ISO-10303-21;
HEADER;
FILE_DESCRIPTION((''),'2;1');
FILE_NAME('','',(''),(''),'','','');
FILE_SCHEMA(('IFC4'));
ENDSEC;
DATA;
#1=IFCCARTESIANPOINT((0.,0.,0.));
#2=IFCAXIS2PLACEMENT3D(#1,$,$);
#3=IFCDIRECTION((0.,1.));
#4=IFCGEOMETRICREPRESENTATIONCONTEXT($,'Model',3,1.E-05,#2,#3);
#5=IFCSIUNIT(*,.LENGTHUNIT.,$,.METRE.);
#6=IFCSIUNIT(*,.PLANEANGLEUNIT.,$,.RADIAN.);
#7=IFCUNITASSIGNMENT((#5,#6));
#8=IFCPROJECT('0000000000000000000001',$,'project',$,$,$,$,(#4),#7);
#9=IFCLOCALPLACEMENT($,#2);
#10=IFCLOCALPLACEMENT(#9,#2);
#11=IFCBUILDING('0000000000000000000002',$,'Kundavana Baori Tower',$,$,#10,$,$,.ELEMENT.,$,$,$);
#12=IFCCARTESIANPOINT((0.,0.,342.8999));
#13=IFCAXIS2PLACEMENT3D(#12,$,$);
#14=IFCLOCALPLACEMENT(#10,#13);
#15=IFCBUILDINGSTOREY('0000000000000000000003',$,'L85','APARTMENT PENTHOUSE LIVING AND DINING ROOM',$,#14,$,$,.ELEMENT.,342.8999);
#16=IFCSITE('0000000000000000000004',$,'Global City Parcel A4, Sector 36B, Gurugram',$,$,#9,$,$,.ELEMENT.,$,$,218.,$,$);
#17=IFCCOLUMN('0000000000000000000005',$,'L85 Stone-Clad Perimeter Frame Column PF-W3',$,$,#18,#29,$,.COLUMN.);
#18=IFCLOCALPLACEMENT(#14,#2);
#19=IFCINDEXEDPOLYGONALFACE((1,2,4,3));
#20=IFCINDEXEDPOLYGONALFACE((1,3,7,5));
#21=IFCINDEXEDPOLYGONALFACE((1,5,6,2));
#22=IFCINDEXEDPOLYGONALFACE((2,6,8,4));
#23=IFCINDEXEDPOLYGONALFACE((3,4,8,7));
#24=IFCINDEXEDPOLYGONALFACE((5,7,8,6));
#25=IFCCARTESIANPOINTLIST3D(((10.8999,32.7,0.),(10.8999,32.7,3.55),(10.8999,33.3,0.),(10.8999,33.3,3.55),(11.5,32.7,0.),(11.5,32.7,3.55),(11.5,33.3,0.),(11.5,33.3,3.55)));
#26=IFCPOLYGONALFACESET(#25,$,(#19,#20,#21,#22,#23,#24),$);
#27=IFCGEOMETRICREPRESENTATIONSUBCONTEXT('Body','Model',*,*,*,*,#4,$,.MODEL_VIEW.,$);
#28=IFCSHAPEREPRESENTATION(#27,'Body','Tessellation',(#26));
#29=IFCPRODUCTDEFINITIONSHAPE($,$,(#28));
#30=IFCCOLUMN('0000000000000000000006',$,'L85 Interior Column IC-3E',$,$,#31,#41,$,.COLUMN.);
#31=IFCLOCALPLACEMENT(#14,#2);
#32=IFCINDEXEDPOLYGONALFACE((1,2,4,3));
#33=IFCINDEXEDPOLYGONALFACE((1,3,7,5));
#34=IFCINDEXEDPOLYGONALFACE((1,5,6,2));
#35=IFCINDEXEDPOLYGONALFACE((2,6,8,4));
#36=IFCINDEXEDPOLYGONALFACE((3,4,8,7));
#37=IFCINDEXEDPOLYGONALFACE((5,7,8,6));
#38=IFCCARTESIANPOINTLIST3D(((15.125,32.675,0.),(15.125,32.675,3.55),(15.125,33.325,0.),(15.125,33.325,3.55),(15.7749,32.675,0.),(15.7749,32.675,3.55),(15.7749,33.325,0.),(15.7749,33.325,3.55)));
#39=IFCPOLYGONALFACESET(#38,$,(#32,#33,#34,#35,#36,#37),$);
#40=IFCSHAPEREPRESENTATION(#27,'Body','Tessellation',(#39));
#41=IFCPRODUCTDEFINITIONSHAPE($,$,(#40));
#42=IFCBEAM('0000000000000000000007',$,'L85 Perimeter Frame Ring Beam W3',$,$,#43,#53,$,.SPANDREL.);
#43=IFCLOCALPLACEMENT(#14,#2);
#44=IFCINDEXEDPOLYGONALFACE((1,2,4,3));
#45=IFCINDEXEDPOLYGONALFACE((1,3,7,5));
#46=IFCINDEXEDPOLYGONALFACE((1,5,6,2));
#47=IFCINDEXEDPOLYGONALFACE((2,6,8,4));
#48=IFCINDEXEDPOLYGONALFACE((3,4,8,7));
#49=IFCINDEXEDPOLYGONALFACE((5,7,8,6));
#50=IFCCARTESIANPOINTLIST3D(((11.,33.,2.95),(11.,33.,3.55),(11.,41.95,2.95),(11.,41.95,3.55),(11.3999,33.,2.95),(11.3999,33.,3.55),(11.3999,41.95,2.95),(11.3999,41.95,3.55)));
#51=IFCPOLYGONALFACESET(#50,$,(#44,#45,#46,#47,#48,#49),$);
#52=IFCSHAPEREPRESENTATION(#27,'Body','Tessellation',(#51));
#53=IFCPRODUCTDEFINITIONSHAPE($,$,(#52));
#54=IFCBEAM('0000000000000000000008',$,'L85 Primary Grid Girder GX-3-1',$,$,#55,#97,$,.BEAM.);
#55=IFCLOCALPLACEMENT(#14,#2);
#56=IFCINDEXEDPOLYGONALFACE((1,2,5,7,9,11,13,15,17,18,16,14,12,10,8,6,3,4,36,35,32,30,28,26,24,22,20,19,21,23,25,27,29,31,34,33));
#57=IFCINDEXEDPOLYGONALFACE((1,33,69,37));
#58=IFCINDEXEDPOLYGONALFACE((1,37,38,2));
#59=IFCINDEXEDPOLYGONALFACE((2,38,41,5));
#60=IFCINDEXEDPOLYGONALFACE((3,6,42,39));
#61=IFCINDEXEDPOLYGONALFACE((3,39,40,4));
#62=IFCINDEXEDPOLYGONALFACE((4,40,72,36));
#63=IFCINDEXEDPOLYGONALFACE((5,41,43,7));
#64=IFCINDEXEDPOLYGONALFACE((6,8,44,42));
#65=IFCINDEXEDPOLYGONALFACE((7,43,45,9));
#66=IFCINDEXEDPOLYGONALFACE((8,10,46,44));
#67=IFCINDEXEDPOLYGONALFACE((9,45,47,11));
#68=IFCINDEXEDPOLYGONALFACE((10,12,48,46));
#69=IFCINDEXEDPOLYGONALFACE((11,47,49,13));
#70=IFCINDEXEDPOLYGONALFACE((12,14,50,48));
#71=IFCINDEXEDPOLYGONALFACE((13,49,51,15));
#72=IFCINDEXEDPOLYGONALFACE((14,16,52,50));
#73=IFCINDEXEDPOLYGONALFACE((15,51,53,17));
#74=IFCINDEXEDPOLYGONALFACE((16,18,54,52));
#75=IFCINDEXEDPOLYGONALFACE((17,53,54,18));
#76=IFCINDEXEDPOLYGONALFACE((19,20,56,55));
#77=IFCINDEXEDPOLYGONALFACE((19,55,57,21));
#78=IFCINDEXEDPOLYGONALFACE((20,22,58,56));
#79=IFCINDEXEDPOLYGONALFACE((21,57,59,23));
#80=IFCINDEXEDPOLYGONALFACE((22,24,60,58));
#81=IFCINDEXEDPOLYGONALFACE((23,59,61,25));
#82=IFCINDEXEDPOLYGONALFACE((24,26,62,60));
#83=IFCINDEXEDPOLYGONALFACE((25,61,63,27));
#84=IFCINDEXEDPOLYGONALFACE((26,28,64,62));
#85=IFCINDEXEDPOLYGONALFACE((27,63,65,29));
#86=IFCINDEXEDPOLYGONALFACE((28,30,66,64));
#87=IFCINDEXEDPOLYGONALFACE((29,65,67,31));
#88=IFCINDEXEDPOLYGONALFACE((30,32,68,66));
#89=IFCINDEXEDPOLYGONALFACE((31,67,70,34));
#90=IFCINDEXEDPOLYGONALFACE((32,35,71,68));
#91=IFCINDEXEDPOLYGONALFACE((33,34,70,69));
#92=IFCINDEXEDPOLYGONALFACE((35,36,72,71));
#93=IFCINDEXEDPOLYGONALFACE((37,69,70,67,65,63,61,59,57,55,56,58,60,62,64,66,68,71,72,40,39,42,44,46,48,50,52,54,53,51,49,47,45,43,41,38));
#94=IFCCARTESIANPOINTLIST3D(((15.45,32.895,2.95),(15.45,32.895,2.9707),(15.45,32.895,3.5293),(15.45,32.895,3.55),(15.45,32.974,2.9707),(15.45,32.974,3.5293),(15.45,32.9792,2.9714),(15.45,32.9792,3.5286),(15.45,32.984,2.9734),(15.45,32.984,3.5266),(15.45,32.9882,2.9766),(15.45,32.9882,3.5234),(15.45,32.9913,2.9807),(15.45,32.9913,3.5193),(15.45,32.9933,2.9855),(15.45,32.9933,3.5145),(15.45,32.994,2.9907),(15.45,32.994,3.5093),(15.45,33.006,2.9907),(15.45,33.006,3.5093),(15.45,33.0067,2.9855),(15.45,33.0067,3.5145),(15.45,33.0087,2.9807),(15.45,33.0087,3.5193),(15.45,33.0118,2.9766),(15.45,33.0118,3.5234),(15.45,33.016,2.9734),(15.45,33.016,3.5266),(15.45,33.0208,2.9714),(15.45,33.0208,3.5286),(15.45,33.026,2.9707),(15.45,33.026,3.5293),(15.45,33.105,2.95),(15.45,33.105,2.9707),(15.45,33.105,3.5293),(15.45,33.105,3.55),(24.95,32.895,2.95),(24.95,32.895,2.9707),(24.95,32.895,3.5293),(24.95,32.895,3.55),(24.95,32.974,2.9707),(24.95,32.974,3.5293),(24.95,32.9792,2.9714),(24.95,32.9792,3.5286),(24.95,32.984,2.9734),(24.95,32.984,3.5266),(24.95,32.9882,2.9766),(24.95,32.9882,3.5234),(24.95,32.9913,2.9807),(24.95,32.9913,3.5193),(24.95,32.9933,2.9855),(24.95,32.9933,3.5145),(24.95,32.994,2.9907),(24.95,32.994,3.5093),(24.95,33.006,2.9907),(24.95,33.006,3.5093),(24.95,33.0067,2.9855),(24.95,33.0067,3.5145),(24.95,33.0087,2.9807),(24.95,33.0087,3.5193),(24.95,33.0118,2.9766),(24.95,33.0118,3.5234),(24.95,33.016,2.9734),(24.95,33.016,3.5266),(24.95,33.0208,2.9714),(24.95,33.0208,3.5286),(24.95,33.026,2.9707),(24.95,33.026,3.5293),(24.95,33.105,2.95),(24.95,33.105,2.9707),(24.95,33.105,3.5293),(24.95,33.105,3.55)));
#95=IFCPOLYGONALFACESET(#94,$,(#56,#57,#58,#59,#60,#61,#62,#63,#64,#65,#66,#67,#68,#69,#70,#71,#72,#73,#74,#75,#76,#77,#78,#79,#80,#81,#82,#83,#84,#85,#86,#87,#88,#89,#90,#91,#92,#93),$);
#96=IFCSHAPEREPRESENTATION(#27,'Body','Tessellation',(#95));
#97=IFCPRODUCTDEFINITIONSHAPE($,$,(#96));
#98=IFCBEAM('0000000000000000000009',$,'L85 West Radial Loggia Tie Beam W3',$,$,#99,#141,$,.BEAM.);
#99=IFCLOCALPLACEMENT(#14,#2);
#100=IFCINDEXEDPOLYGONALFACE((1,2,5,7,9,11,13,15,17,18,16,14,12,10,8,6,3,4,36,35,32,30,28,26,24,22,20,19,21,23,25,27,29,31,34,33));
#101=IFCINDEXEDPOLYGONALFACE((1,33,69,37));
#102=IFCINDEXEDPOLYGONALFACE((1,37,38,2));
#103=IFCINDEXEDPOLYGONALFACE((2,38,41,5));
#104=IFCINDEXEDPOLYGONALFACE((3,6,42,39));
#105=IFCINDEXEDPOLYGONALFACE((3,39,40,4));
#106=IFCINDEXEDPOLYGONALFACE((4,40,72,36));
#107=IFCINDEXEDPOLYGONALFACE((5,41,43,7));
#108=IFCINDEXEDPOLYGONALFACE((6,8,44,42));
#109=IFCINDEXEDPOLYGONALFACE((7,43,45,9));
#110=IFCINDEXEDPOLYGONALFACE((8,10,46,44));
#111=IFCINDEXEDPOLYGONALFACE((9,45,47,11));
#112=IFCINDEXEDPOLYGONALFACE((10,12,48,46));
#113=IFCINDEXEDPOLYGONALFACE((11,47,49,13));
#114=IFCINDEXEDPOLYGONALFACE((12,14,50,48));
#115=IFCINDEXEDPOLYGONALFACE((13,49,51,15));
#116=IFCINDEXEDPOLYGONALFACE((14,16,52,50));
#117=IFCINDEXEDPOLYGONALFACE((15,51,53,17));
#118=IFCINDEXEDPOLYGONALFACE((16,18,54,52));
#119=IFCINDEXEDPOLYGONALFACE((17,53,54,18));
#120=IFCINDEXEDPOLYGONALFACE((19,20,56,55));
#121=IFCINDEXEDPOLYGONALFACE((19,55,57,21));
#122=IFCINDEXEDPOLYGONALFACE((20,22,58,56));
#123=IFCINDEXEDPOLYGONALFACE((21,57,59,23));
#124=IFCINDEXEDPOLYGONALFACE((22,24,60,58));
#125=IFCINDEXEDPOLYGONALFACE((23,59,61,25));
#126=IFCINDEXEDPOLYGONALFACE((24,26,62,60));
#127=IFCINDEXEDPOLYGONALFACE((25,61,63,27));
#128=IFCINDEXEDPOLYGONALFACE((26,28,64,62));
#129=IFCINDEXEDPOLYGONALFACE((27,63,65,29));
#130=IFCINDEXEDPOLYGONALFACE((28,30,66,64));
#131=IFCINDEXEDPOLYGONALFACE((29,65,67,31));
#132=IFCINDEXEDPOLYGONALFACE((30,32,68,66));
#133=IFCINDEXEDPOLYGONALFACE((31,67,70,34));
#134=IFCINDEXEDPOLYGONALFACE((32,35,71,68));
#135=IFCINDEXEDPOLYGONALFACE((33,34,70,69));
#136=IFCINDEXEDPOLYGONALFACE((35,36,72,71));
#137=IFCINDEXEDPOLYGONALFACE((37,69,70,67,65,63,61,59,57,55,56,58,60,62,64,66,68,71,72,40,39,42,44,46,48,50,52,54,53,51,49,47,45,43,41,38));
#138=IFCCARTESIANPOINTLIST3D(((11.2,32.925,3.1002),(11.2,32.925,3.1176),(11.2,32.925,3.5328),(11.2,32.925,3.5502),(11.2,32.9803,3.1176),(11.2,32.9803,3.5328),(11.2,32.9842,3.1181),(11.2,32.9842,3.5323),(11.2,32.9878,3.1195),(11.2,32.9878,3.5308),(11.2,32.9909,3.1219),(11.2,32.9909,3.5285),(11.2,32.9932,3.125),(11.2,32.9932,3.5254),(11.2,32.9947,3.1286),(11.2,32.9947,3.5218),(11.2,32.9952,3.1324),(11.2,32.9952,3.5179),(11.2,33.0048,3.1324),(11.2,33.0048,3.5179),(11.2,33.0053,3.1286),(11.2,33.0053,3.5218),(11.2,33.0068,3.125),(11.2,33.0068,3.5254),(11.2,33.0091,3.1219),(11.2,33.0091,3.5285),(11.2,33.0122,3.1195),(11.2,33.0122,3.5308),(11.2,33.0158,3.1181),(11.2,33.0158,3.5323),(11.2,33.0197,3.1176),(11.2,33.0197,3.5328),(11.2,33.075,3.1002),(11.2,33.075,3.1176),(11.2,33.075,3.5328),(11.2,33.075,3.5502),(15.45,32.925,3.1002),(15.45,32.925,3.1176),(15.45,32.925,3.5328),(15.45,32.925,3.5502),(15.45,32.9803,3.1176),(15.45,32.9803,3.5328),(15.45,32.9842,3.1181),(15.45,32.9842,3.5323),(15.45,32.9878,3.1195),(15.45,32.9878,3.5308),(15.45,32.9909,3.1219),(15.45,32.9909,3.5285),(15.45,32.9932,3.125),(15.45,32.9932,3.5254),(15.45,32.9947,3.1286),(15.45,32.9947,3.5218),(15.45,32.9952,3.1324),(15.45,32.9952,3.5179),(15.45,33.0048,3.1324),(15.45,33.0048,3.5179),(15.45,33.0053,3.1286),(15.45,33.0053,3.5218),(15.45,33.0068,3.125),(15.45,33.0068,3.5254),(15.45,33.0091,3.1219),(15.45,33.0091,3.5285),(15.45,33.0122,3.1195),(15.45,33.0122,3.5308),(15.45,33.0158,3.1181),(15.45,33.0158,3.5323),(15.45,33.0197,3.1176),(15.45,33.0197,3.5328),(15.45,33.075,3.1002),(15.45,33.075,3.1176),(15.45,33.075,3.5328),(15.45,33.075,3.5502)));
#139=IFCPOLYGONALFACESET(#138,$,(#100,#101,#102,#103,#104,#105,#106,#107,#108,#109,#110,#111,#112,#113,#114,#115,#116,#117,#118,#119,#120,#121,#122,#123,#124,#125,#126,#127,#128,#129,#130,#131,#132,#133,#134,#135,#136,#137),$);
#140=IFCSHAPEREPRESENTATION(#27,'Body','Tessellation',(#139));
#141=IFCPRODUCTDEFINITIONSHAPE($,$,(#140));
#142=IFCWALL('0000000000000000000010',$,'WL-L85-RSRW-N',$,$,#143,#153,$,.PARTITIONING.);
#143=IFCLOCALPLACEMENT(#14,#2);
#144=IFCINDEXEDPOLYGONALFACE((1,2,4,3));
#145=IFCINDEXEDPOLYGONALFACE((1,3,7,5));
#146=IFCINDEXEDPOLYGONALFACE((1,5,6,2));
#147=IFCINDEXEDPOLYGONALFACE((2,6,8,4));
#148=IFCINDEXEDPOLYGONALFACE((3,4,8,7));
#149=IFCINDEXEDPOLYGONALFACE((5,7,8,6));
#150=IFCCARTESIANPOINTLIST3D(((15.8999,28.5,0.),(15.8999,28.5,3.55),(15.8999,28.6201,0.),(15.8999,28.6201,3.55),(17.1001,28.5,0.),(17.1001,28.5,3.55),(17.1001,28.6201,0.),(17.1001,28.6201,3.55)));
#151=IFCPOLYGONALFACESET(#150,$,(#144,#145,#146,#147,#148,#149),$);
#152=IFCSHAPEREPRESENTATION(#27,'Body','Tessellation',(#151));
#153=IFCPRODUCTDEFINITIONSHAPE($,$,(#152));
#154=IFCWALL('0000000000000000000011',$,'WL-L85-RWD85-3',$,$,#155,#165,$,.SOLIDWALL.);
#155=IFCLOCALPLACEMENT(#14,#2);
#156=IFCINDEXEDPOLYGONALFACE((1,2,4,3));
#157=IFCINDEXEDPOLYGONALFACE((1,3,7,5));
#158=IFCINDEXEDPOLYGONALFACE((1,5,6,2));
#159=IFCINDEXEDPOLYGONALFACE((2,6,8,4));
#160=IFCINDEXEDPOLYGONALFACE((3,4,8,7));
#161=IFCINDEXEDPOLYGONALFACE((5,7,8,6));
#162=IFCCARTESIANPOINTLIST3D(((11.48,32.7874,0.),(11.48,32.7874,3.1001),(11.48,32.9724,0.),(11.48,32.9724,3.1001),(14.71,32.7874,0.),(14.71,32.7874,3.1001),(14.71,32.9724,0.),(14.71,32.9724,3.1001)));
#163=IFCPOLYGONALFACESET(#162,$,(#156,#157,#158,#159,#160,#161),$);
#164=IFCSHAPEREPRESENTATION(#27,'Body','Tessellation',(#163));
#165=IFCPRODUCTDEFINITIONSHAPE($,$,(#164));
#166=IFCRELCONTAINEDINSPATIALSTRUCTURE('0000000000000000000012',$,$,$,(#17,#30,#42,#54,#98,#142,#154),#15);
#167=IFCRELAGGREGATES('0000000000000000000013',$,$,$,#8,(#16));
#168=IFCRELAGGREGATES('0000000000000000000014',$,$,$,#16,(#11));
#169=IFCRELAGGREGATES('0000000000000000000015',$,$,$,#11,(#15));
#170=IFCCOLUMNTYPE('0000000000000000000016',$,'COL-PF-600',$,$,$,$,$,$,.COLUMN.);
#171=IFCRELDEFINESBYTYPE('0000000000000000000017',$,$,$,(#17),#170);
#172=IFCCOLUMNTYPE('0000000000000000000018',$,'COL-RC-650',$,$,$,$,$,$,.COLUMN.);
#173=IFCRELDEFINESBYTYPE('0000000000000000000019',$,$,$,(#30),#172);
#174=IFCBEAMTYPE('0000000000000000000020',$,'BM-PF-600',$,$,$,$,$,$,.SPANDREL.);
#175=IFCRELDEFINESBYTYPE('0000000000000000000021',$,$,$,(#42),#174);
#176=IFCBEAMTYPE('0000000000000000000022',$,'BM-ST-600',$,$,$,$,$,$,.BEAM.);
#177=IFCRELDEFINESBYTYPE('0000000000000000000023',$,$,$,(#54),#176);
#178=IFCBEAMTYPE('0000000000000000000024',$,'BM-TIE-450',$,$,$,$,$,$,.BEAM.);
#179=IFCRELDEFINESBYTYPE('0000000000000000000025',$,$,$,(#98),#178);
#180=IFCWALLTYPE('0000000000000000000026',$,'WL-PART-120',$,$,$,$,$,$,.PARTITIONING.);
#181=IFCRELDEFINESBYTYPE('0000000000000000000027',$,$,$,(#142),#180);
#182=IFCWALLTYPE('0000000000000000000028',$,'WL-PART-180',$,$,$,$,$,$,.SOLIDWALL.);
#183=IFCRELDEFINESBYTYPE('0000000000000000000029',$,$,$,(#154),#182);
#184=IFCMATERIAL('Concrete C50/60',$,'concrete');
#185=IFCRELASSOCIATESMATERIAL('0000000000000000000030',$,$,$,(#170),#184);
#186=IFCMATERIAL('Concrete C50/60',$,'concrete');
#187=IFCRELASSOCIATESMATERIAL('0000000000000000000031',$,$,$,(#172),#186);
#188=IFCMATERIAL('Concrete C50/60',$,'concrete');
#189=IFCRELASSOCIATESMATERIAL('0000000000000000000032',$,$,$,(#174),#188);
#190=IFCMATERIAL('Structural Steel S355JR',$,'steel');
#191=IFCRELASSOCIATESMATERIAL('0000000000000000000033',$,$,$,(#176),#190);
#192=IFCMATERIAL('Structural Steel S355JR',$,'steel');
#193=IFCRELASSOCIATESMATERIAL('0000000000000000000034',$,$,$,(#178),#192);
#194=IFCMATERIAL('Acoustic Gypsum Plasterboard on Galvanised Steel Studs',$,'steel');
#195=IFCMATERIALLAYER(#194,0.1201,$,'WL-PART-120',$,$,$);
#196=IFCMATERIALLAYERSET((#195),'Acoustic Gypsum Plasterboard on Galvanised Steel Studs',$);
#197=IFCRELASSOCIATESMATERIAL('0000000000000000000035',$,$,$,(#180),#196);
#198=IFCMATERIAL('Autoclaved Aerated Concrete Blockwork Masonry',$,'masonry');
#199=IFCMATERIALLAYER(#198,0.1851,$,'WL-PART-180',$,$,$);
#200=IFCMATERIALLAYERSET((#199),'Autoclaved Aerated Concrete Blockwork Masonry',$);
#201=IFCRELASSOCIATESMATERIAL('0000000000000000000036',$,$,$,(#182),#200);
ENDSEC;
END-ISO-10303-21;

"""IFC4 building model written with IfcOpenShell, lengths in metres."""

from ifc_helpers import new_model, si_unit, direction, frame, frame_2d, origin, origin_2d, place, context, subcontext, project, spatial, rectangle, i_section, extrude, material, layer, layer_set, material_profile, profile_set, type_object, element, save


model = new_model("IFC4")

# Units and contexts
model_context = context("Model", 3, precision=1e-05, world=origin(), true_north=direction((0.0, 1.0)))
body_context = subcontext(model_context, "Body", "Model", "MODEL_VIEW")
ifc_project = project(units=[si_unit("LENGTHUNIT", "METRE"), si_unit("PLANEANGLEUNIT", "RADIAN")], contexts=[model_context])

# Site, building, storey
site_placement = place(None, origin())
site = spatial("IfcSite", under=ifc_project, at=site_placement, Name="Global City Parcel A4, Sector 36B, Gurugram", CompositionType="ELEMENT", RefElevation=218.0)
building_placement = place(site_placement, origin())
building = spatial("IfcBuilding", under=site, at=building_placement, Name="Kundavana Baori Tower", CompositionType="ELEMENT")
storey_placement = place(building_placement, frame((0.0, 0.0, 342.8999)))
storey = spatial("IfcBuildingStorey", under=building, at=storey_placement, Name="L85", Description="APARTMENT PENTHOUSE LIVING AND DINING ROOM", CompositionType="ELEMENT", Elevation=342.8999)

# Columns
ifc_material_1 = material(Name="Concrete C50/60", Category="concrete")
ifc_material_profile_1 = material_profile(ifc_material_1, rectangle(XDim=0.6001, YDim=0.6001, at=origin_2d()), Name="RC PF 600x600")
ifc_profile_set_1 = profile_set([ifc_material_profile_1], Name="Concrete C50/60")
column_type_1 = type_object("IfcColumnType", Name="COL-PF-600", PredefinedType="COLUMN", material=ifc_profile_set_1)
column_1_placement = place(storey_placement, frame((11.2, 33.0, 0.0), z_axis=(0.0, 0.0, 1.0), x_axis=(1.0, 0.0, 0.0)))
element("IfcColumn", 1, at=column_1_placement, inside=storey, type_object=column_type_1, Name="L85 Stone-Clad Perimeter Frame Column PF-W3", PredefinedType="COLUMN", context=body_context, shape_type="SweptSolid", body=[
    extrude(rectangle(XDim=0.6001, YDim=0.6001, at=origin_2d()), origin(), (0.0, 0.0, 1.0), 3.55),
])
ifc_material_2 = material(Name="Concrete C50/60", Category="concrete")
ifc_material_profile_2 = material_profile(ifc_material_2, rectangle(XDim=0.6499, YDim=0.6499, at=origin_2d()), Name="RC 650x650")
ifc_profile_set_2 = profile_set([ifc_material_profile_2], Name="Concrete C50/60")
column_type_2 = type_object("IfcColumnType", Name="COL-RC-650", PredefinedType="COLUMN", material=ifc_profile_set_2)
column_2_placement = place(storey_placement, frame((15.45, 33.0, 0.0), z_axis=(0.0, 0.0, 1.0), x_axis=(1.0, 0.0, 0.0)))
element("IfcColumn", 2, at=column_2_placement, inside=storey, type_object=column_type_2, Name="L85 Interior Column IC-3E", PredefinedType="COLUMN", context=body_context, shape_type="SweptSolid", body=[
    extrude(rectangle(XDim=0.6499, YDim=0.6499, at=origin_2d()), origin(), (0.0, 0.0, 1.0), 3.55),
])

# Beams
ifc_material_3 = material(Name="Concrete C50/60", Category="concrete")
ifc_material_profile_3 = material_profile(ifc_material_3, rectangle(XDim=0.3999, YDim=0.6001, at=origin_2d()), Name="RC BM 400x600")
ifc_profile_set_3 = profile_set([ifc_material_profile_3], Name="Concrete C50/60")
beam_type_1 = type_object("IfcBeamType", Name="BM-PF-600", PredefinedType="SPANDREL", material=ifc_profile_set_3)
beam_1_placement = place(storey_placement, frame((11.2, 33.0, 3.25), z_axis=(0.0, 1.0, 0.0), x_axis=(-1.0, 0.0, 0.0)))
element("IfcBeam", 3, at=beam_1_placement, inside=storey, type_object=beam_type_1, Name="L85 Perimeter Frame Ring Beam W3", PredefinedType="SPANDREL", context=body_context, shape_type="SweptSolid", body=[
    extrude(rectangle(XDim=0.3999, YDim=0.6001, at=origin_2d()), origin(), (0.0, 0.0, 1.0), 8.95),
])
ifc_material_4 = material(Name="Structural Steel S355JR", Category="steel")
ifc_material_profile_4 = material_profile(ifc_material_4, i_section(OverallWidth=0.21, OverallDepth=0.6001, WebThickness=0.012, FlangeThickness=0.0208, FilletRadius=0.02, at=origin_2d()), Name="ISMB 600")
ifc_profile_set_4 = profile_set([ifc_material_profile_4], Name="Structural Steel S355JR")
beam_type_2 = type_object("IfcBeamType", Name="BM-ST-600", PredefinedType="BEAM", material=ifc_profile_set_4)
beam_2_placement = place(storey_placement, frame((15.45, 33.0, 3.25), z_axis=(1.0, 0.0, 0.0), x_axis=(0.0, 1.0, 0.0)))
element("IfcBeam", 4, at=beam_2_placement, inside=storey, type_object=beam_type_2, Name="L85 Primary Grid Girder GX-3-1", PredefinedType="BEAM", context=body_context, shape_type="SweptSolid", body=[
    extrude(i_section(OverallWidth=0.21, OverallDepth=0.6001, WebThickness=0.012, FlangeThickness=0.0208, FilletRadius=0.02, at=origin_2d()), origin(), (0.0, 0.0, 1.0), 9.5),
])
ifc_material_5 = material(Name="Structural Steel S355JR", Category="steel")
ifc_material_profile_5 = material_profile(ifc_material_5, i_section(OverallWidth=0.1499, OverallDepth=0.45, WebThickness=0.0095, FlangeThickness=0.0173, FilletRadius=0.0149, at=origin_2d()), Name="ISMB 450")
ifc_profile_set_5 = profile_set([ifc_material_profile_5], Name="Structural Steel S355JR")
beam_type_3 = type_object("IfcBeamType", Name="BM-TIE-450", PredefinedType="BEAM", material=ifc_profile_set_5)
beam_3_placement = place(storey_placement, frame((15.45, 33.0, 3.3252), z_axis=(-1.0, 0.0, 0.0), x_axis=(0.0, -1.0, 0.0)))
element("IfcBeam", 5, at=beam_3_placement, inside=storey, type_object=beam_type_3, Name="L85 West Radial Loggia Tie Beam W3", PredefinedType="BEAM", context=body_context, shape_type="SweptSolid", body=[
    extrude(i_section(OverallWidth=0.1499, OverallDepth=0.45, WebThickness=0.0095, FlangeThickness=0.0173, FilletRadius=0.0149, at=origin_2d()), origin(), (0.0, 0.0, 1.0), 4.25),
])

# Walls
ifc_material_6 = material(Name="Acoustic Gypsum Plasterboard on Galvanised Steel Studs", Category="steel")
ifc_layer_1 = layer(ifc_material_6, 0.1201, Name="WL-PART-120")
ifc_layer_set_1 = layer_set([ifc_layer_1], Name="Acoustic Gypsum Plasterboard on Galvanised Steel Studs")
wall_type_1 = type_object("IfcWallType", Name="WL-PART-120", PredefinedType="PARTITIONING", material=ifc_layer_set_1)
wall_1_placement = place(storey_placement, frame((15.8999, 28.5601, 0.0), z_axis=(0.0, 0.0, 1.0), x_axis=(1.0, 0.0, 0.0)))
element("IfcWall", 6, at=wall_1_placement, inside=storey, type_object=wall_type_1, Name="WL-L85-RSRW-N", PredefinedType="PARTITIONING", context=body_context, shape_type="SweptSolid", body=[
    extrude(rectangle(XDim=1.2002, YDim=0.1201, at=frame_2d((0.6001, 0.0))), origin(), (0.0, 0.0, 1.0), 3.55),
])
ifc_material_7 = material(Name="Autoclaved Aerated Concrete Blockwork Masonry", Category="masonry")
ifc_layer_2 = layer(ifc_material_7, 0.1851, Name="WL-PART-180")
ifc_layer_set_2 = layer_set([ifc_layer_2], Name="Autoclaved Aerated Concrete Blockwork Masonry")
wall_type_2 = type_object("IfcWallType", Name="WL-PART-180", PredefinedType="SOLIDWALL", material=ifc_layer_set_2)
wall_2_placement = place(storey_placement, frame((11.48, 32.8799, 0.0), z_axis=(0.0, 0.0, 1.0), x_axis=(1.0, 0.0, 0.0)))
element("IfcWall", 7, at=wall_2_placement, inside=storey, type_object=wall_type_2, Name="WL-L85-RWD85-3", PredefinedType="SOLIDWALL", context=body_context, shape_type="SweptSolid", body=[
    extrude(rectangle(XDim=3.23, YDim=0.1851, at=frame_2d((1.615, 0.0))), origin(), (0.0, 0.0, 1.0), 3.1001),
])

save(model, "model.ifc")
